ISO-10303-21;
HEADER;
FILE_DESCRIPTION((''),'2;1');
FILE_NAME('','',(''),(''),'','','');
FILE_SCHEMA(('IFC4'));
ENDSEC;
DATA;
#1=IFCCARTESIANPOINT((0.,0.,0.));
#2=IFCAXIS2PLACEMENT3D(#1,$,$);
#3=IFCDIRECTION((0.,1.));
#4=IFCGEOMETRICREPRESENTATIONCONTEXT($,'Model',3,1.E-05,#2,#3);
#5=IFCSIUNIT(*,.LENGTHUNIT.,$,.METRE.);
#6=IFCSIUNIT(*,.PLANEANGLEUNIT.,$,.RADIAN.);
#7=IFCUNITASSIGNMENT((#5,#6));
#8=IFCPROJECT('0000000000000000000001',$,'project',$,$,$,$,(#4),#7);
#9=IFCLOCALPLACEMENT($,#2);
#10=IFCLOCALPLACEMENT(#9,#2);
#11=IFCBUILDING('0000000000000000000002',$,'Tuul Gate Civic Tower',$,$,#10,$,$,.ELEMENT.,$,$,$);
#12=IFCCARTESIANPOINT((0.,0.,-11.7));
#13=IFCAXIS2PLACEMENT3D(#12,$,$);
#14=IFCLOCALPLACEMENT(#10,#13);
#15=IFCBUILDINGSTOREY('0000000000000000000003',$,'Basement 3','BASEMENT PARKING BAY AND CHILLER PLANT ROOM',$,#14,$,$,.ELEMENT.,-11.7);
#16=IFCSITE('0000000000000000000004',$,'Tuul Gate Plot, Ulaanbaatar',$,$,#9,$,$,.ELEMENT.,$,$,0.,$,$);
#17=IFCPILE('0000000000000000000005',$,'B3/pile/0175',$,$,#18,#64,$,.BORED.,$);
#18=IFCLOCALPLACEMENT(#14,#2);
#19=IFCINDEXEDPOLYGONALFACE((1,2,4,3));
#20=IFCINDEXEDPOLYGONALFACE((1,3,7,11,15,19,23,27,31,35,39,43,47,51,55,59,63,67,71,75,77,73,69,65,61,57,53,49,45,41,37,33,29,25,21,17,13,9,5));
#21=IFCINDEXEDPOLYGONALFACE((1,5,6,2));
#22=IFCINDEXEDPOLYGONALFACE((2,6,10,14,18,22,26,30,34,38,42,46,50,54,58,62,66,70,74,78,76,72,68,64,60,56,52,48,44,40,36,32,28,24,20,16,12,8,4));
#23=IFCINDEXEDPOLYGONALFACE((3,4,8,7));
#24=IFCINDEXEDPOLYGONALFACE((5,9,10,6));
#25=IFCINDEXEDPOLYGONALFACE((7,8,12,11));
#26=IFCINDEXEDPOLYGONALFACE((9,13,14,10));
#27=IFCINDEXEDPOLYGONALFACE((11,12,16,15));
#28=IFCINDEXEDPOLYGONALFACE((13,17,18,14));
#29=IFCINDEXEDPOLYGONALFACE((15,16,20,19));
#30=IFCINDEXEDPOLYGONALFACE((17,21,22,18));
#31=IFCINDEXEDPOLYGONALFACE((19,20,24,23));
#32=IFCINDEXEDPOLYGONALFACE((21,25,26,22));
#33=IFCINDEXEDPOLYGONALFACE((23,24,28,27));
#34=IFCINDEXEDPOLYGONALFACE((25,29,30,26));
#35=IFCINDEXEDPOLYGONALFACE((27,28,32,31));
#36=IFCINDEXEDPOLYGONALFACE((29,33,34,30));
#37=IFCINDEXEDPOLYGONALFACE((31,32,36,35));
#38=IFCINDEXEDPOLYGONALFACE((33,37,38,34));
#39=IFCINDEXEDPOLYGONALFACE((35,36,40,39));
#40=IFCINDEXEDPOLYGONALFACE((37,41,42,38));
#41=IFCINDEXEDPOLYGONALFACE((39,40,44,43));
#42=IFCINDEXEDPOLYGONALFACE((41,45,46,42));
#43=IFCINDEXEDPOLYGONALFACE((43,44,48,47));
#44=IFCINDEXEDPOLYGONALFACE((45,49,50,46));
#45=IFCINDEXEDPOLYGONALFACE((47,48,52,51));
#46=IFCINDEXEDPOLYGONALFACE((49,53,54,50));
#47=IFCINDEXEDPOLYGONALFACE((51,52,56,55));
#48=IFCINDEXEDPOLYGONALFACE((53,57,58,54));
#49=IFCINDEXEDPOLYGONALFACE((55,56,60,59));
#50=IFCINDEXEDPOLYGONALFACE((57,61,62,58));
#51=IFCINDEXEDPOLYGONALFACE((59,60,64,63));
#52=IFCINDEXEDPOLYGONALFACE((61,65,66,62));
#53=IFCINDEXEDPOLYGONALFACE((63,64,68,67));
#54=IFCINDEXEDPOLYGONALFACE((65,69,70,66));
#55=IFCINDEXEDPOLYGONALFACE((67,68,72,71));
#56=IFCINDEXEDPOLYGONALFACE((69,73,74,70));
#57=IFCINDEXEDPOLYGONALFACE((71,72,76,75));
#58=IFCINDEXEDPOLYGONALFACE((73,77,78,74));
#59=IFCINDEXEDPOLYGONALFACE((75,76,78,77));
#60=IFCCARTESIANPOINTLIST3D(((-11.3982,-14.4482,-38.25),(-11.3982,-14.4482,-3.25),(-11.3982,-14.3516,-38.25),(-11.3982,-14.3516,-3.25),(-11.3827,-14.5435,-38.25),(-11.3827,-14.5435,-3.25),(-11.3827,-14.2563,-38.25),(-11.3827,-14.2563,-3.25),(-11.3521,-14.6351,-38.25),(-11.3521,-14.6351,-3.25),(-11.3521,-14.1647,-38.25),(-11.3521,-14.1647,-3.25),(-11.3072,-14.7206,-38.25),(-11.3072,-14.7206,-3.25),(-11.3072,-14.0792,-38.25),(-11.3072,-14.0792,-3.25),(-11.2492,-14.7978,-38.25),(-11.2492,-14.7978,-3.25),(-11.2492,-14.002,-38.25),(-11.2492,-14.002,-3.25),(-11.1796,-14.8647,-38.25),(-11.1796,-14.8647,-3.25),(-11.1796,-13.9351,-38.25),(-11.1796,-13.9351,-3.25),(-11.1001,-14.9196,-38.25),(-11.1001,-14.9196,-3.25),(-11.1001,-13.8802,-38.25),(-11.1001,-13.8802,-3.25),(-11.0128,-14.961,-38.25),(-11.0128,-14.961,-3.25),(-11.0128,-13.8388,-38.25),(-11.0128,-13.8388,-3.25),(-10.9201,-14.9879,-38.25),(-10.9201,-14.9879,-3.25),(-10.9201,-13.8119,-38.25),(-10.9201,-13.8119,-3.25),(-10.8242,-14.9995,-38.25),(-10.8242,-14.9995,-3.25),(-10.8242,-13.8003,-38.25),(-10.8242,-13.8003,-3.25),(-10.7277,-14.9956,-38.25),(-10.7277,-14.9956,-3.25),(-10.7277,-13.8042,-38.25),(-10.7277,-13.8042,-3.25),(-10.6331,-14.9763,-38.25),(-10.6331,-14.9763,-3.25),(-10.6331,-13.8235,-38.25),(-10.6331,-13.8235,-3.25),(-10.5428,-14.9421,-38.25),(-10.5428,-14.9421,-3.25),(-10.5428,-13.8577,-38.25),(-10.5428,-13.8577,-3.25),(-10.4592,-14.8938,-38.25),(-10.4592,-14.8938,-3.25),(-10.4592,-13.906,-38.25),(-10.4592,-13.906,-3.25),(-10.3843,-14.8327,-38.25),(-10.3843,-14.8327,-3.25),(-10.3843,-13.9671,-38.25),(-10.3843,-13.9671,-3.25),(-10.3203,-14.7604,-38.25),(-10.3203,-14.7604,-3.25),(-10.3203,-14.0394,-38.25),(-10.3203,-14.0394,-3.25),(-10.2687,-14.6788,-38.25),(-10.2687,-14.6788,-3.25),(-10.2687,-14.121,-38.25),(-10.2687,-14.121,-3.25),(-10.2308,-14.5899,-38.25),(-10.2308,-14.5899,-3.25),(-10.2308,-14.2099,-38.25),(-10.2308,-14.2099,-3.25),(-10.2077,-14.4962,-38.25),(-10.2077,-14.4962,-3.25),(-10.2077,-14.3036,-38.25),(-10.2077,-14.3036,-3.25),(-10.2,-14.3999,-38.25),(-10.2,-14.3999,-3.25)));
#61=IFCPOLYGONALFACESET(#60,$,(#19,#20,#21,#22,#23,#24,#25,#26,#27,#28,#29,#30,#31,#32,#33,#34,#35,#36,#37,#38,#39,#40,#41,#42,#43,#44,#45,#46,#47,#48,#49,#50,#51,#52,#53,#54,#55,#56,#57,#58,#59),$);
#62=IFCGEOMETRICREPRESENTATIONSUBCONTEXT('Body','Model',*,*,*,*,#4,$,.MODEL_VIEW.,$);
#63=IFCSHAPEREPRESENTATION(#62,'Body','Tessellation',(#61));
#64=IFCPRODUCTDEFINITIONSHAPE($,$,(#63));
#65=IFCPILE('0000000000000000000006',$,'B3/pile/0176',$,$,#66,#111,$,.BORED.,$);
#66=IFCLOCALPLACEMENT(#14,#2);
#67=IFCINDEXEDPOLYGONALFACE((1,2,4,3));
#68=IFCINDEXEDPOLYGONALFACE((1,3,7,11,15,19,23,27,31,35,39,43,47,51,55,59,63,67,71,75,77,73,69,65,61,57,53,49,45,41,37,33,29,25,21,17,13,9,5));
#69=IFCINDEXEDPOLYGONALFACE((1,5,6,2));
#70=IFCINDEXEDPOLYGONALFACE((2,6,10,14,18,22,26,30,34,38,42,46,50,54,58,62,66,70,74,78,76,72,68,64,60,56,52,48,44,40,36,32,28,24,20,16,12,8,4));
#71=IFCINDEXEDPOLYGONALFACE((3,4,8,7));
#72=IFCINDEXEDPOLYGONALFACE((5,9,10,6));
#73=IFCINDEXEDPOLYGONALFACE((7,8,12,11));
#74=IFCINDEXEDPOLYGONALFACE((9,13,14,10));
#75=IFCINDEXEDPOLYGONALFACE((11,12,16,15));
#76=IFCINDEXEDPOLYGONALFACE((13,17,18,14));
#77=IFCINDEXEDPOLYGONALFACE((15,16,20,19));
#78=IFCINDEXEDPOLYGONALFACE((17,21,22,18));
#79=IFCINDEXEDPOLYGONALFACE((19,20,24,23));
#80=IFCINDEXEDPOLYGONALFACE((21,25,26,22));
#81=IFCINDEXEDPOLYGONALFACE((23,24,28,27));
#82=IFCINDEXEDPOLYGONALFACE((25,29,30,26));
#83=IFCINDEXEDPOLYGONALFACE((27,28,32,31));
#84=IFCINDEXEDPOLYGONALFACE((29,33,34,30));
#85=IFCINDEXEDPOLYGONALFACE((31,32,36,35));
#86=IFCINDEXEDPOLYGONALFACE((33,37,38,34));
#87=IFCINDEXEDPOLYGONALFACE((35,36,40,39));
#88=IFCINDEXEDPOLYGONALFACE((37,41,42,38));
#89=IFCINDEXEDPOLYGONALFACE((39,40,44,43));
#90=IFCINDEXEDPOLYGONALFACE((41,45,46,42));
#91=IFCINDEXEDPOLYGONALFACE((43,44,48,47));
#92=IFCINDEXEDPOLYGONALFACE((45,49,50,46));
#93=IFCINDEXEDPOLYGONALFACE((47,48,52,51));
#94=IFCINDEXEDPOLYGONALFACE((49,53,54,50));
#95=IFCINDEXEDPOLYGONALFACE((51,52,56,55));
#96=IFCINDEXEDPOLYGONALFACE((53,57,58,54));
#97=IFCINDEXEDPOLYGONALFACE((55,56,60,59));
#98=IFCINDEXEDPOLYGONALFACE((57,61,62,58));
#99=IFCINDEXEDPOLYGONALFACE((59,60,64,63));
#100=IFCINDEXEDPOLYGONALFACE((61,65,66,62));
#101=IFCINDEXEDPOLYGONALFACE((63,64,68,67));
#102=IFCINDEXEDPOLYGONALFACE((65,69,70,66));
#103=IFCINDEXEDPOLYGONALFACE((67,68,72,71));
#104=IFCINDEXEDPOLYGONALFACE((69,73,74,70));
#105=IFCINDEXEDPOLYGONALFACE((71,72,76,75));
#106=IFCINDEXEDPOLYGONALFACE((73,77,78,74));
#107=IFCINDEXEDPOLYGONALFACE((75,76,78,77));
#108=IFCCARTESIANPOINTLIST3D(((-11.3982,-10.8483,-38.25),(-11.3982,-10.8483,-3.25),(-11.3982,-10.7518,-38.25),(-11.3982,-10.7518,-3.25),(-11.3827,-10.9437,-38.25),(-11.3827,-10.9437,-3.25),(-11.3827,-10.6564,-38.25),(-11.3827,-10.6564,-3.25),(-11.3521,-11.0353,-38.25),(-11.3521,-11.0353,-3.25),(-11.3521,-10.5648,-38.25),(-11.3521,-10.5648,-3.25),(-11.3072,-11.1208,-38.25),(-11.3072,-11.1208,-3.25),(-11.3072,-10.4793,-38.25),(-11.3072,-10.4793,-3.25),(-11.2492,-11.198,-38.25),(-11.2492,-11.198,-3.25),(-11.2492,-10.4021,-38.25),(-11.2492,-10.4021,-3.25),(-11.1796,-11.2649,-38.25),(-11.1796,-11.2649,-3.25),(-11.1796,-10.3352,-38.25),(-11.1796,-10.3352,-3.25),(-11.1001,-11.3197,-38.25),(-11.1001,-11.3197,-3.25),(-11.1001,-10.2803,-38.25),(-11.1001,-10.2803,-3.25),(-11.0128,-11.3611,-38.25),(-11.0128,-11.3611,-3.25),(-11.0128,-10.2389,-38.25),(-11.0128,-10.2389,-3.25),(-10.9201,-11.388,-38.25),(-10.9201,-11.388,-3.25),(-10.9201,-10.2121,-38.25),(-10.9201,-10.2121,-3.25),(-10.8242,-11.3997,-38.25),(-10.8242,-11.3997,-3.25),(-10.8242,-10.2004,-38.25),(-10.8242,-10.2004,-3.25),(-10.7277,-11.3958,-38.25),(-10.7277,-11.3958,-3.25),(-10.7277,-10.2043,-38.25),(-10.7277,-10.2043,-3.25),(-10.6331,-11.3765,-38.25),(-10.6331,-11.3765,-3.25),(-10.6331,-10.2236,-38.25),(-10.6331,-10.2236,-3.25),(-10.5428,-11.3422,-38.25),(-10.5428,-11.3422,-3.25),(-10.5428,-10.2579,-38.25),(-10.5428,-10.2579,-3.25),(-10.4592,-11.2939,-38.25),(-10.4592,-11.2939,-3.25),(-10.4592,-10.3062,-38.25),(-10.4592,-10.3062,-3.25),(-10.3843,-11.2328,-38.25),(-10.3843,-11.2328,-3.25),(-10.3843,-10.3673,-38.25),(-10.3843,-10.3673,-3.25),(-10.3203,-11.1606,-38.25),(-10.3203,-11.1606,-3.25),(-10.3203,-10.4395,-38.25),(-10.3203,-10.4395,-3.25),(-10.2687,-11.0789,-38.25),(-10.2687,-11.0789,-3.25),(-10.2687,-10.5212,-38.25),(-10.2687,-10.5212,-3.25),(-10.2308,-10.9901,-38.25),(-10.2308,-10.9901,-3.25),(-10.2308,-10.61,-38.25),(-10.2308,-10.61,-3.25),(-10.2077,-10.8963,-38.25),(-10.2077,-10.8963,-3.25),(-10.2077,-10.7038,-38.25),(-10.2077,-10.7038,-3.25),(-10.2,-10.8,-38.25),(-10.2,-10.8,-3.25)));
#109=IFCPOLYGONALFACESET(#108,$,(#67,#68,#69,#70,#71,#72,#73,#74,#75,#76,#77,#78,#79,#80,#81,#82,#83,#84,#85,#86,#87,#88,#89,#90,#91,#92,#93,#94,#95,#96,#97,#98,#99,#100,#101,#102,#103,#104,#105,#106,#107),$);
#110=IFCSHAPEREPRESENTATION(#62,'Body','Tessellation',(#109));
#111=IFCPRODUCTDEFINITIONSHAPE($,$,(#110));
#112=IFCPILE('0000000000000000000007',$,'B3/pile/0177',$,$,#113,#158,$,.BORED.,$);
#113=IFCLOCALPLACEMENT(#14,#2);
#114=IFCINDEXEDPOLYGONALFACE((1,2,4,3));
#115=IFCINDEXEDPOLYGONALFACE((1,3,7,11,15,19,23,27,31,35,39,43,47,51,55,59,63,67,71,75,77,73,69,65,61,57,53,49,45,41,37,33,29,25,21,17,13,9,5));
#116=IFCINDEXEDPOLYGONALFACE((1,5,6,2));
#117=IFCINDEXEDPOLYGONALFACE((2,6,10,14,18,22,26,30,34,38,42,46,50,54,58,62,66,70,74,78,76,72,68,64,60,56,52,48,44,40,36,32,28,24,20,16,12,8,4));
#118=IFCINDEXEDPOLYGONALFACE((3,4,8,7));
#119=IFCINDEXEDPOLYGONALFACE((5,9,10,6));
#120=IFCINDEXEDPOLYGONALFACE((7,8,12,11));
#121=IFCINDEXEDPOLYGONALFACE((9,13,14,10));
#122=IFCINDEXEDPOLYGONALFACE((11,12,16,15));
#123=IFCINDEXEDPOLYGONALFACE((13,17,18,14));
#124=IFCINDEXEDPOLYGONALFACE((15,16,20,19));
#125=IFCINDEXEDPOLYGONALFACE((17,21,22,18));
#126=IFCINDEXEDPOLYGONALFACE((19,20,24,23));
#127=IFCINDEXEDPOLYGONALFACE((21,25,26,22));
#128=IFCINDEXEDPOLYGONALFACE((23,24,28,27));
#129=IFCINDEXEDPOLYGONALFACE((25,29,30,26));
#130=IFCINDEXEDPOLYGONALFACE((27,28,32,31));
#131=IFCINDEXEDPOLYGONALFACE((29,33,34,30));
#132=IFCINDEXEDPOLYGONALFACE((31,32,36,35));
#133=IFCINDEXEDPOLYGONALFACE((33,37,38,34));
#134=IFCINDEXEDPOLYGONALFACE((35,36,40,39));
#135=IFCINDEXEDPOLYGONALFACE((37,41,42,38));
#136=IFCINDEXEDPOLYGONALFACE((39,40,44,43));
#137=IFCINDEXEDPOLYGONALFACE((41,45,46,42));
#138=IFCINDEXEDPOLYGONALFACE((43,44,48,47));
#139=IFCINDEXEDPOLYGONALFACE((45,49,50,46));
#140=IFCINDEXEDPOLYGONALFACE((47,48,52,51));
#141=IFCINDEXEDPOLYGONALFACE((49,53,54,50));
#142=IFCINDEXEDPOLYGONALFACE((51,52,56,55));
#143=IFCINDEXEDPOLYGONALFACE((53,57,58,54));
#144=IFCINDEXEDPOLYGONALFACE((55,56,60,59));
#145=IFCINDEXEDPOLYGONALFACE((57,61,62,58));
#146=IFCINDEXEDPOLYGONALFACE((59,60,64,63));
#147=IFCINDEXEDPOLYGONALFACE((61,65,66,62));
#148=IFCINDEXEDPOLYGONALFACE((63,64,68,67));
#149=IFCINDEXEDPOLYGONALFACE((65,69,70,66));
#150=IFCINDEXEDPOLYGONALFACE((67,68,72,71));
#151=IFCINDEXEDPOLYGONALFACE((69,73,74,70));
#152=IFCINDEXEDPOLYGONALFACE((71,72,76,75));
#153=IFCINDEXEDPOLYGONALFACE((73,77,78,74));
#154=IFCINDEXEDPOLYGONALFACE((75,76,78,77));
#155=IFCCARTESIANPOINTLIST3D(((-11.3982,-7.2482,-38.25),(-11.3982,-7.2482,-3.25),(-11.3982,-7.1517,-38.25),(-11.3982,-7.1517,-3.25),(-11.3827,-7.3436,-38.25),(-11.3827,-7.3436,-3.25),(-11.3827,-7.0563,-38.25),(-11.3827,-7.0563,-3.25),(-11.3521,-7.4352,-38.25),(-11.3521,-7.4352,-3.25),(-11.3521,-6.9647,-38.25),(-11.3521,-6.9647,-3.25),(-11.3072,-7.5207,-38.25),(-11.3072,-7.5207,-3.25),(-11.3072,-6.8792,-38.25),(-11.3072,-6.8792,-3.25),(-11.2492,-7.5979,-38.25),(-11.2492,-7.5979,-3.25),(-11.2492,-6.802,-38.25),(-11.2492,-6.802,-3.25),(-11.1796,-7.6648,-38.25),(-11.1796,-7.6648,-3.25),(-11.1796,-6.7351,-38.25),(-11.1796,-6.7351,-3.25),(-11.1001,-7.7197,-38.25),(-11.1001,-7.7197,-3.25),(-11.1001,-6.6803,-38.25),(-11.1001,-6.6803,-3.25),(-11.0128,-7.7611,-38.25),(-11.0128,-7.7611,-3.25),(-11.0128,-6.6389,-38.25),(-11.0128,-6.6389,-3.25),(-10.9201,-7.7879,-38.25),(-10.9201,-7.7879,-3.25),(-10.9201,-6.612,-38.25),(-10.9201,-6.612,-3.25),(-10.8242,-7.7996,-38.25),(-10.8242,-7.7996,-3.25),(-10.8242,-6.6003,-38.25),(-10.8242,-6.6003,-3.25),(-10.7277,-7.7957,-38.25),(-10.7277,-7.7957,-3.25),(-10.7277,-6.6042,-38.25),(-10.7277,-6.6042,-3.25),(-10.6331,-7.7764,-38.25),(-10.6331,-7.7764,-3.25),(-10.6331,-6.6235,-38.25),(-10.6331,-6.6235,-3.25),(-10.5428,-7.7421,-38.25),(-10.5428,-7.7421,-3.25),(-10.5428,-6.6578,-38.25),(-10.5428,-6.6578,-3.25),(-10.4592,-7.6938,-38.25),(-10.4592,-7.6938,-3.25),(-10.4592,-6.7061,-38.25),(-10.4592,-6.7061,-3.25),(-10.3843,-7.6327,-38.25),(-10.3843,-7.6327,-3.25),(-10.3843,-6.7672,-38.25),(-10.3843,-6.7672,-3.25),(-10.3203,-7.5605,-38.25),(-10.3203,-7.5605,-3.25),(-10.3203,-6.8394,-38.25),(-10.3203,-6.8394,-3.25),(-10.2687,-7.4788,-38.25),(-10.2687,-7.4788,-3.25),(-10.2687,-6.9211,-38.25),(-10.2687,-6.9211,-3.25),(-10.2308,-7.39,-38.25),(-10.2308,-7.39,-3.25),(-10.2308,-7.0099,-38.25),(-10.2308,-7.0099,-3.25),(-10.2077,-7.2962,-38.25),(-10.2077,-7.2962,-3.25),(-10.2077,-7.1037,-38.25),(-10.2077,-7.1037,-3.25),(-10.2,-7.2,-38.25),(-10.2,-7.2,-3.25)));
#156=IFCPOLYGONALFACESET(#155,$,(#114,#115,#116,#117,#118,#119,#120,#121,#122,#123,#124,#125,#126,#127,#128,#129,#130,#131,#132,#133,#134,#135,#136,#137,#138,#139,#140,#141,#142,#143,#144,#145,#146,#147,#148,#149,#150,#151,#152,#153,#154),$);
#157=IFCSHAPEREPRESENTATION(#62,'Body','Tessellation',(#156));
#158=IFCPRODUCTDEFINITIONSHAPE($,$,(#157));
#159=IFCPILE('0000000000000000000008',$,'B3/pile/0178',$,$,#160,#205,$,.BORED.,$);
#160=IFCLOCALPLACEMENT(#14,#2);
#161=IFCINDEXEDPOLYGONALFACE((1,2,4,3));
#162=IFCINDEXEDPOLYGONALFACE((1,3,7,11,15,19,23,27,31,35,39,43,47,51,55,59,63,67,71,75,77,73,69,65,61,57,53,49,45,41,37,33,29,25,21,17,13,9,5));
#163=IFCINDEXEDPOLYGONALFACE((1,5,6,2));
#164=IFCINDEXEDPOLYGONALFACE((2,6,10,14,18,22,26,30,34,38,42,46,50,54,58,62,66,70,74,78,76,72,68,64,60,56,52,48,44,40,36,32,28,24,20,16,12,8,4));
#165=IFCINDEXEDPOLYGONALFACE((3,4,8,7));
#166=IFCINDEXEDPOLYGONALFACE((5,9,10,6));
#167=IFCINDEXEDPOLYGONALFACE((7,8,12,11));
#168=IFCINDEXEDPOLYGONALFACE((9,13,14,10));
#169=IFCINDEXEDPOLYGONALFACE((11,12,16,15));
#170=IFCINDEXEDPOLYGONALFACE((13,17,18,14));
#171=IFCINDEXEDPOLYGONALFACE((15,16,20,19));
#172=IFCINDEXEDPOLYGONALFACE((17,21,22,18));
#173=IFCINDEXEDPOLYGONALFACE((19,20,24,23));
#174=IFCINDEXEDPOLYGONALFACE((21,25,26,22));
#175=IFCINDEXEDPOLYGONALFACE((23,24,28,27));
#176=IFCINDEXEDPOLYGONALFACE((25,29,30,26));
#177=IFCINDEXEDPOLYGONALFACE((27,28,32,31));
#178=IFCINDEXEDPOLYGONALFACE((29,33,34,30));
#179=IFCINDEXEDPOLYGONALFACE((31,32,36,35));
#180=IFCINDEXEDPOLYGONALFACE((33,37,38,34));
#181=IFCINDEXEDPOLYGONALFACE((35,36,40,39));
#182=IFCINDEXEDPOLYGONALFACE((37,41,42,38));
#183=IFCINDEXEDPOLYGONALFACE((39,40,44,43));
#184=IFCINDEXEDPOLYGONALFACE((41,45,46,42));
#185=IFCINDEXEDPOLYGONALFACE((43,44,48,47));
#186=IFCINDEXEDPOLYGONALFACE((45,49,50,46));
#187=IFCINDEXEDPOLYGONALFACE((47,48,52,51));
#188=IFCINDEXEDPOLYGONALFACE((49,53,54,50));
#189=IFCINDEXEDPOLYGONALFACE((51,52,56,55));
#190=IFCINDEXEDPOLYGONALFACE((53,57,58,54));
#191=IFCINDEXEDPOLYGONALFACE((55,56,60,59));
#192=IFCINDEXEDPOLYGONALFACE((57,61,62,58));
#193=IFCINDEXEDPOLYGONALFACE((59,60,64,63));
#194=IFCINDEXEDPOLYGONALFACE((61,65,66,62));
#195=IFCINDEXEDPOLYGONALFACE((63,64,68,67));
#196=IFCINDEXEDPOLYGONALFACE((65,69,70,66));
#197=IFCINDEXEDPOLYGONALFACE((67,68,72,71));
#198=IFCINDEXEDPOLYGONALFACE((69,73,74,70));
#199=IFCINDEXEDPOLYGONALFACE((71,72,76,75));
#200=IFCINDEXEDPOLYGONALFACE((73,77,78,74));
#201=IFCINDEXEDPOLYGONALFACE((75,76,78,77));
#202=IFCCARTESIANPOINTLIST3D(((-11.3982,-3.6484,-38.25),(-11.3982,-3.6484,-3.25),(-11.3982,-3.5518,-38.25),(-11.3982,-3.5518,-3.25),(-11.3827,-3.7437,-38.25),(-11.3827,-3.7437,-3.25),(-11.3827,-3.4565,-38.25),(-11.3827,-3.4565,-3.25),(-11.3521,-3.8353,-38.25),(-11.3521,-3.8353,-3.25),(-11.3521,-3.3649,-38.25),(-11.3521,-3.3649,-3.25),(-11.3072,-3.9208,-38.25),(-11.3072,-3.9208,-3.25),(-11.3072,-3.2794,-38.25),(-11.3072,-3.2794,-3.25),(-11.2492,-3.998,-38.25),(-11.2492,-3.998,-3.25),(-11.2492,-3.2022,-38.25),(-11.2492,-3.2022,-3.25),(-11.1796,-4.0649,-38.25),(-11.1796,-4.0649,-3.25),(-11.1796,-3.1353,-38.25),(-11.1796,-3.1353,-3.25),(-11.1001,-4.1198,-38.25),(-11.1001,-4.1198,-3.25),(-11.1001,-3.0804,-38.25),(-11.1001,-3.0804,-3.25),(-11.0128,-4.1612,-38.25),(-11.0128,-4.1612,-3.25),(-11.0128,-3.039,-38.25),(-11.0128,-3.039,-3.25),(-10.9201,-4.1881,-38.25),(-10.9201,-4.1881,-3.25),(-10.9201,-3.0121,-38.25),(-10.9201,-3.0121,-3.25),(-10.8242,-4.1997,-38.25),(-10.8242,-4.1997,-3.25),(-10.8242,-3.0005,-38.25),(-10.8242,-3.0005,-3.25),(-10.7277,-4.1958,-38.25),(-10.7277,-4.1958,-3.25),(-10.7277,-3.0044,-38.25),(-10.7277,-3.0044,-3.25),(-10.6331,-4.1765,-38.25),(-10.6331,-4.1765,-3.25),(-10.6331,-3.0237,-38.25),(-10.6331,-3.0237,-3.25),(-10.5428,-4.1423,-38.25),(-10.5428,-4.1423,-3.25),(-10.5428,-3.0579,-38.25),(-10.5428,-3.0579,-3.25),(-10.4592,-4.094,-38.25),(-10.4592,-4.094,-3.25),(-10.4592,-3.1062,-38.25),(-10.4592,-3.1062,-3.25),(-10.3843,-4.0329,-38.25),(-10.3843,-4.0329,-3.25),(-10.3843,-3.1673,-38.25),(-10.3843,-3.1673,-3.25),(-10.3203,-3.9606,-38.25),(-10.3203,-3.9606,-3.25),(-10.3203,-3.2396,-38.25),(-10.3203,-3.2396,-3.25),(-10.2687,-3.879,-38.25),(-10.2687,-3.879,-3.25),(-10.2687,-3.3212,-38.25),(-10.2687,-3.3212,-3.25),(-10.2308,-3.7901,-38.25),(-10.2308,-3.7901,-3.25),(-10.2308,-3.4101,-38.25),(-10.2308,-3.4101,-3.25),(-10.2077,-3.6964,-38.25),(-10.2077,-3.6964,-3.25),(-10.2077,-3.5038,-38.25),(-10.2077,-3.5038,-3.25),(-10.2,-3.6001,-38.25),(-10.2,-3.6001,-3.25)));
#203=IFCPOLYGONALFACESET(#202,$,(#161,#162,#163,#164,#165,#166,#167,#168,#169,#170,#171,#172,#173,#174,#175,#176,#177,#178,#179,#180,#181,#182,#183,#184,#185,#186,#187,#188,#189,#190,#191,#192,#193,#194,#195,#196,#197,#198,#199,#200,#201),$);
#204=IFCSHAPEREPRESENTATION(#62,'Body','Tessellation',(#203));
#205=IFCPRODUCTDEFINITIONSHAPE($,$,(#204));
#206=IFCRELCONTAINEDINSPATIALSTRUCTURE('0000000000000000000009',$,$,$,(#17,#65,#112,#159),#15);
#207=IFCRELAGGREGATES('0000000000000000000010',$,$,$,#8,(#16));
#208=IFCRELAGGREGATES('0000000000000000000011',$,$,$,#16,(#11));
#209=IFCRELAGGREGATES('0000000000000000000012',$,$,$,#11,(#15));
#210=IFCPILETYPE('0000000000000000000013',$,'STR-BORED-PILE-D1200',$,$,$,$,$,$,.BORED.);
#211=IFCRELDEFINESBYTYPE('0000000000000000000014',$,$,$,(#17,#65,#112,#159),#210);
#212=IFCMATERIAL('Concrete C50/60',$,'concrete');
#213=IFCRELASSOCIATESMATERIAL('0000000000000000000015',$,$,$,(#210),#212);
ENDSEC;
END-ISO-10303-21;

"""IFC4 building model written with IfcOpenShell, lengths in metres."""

from ifc_helpers import new_model, si_unit, direction, frame, origin, origin_2d, place, context, subcontext, project, spatial, circle, extrude, material, material_profile, profile_set, type_object, element, save


model = new_model("IFC4")

# Units and contexts
model_context = context("Model", 3, precision=1e-05, world=origin(), true_north=direction((0.0, 1.0)))
body_context = subcontext(model_context, "Body", "Model", "MODEL_VIEW")
ifc_project = project(units=[si_unit("LENGTHUNIT", "METRE"), si_unit("PLANEANGLEUNIT", "RADIAN")], contexts=[model_context])

# Site, building, storey
site_placement = place(None, origin())
site = spatial("IfcSite", under=ifc_project, at=site_placement, Name="Tuul Gate Plot, Ulaanbaatar", CompositionType="ELEMENT", RefElevation=0.0)
building_placement = place(site_placement, origin())
building = spatial("IfcBuilding", under=site, at=building_placement, Name="Tuul Gate Civic Tower", CompositionType="ELEMENT")
storey_placement = place(building_placement, frame((0.0, 0.0, -11.7)))
storey = spatial("IfcBuildingStorey", under=building, at=storey_placement, Name="Basement 3", Description="BASEMENT PARKING BAY AND CHILLER PLANT ROOM", CompositionType="ELEMENT", Elevation=-11.7)

# Piles
ifc_material_1 = material(Name="Concrete C50/60", Category="concrete")
ifc_material_profile_1 = material_profile(ifc_material_1, circle(Radius=0.6001, at=origin_2d()), Name="PILE1200")
ifc_profile_set_1 = profile_set([ifc_material_profile_1], Name="Concrete C50/60")
pile_type = type_object("IfcPileType", Name="STR-BORED-PILE-D1200", PredefinedType="BORED", material=ifc_profile_set_1)
for number, where, z_axis, x_axis, name in (
    (1, (-10.8, -14.3999, -3.25), (0.0, 0.0, -1.0), (1.0, 0.0, 0.0), "B3/pile/0175"),
    (2, (-10.8, -10.8, -3.25), (0.0, 0.0, -1.0), (1.0, 0.0, 0.0), "B3/pile/0176"),
    (3, (-10.8, -7.2, -3.25), (0.0, 0.0, -1.0), (1.0, 0.0, 0.0), "B3/pile/0177"),
    (4, (-10.8, -3.6001, -3.25), (0.0, 0.0, -1.0), (1.0, 0.0, 0.0), "B3/pile/0178"),
):
    element("IfcPile", number, at=place(storey_placement, frame(where, z_axis=z_axis, x_axis=x_axis)), inside=storey, type_object=pile_type, Name=name, PredefinedType="BORED", context=body_context, shape_type="SweptSolid", body=[
        extrude(circle(Radius=0.6001, at=origin_2d()), origin(), (0.0, 0.0, 1.0), 35.0),
    ])

save(model, "model.ifc")
